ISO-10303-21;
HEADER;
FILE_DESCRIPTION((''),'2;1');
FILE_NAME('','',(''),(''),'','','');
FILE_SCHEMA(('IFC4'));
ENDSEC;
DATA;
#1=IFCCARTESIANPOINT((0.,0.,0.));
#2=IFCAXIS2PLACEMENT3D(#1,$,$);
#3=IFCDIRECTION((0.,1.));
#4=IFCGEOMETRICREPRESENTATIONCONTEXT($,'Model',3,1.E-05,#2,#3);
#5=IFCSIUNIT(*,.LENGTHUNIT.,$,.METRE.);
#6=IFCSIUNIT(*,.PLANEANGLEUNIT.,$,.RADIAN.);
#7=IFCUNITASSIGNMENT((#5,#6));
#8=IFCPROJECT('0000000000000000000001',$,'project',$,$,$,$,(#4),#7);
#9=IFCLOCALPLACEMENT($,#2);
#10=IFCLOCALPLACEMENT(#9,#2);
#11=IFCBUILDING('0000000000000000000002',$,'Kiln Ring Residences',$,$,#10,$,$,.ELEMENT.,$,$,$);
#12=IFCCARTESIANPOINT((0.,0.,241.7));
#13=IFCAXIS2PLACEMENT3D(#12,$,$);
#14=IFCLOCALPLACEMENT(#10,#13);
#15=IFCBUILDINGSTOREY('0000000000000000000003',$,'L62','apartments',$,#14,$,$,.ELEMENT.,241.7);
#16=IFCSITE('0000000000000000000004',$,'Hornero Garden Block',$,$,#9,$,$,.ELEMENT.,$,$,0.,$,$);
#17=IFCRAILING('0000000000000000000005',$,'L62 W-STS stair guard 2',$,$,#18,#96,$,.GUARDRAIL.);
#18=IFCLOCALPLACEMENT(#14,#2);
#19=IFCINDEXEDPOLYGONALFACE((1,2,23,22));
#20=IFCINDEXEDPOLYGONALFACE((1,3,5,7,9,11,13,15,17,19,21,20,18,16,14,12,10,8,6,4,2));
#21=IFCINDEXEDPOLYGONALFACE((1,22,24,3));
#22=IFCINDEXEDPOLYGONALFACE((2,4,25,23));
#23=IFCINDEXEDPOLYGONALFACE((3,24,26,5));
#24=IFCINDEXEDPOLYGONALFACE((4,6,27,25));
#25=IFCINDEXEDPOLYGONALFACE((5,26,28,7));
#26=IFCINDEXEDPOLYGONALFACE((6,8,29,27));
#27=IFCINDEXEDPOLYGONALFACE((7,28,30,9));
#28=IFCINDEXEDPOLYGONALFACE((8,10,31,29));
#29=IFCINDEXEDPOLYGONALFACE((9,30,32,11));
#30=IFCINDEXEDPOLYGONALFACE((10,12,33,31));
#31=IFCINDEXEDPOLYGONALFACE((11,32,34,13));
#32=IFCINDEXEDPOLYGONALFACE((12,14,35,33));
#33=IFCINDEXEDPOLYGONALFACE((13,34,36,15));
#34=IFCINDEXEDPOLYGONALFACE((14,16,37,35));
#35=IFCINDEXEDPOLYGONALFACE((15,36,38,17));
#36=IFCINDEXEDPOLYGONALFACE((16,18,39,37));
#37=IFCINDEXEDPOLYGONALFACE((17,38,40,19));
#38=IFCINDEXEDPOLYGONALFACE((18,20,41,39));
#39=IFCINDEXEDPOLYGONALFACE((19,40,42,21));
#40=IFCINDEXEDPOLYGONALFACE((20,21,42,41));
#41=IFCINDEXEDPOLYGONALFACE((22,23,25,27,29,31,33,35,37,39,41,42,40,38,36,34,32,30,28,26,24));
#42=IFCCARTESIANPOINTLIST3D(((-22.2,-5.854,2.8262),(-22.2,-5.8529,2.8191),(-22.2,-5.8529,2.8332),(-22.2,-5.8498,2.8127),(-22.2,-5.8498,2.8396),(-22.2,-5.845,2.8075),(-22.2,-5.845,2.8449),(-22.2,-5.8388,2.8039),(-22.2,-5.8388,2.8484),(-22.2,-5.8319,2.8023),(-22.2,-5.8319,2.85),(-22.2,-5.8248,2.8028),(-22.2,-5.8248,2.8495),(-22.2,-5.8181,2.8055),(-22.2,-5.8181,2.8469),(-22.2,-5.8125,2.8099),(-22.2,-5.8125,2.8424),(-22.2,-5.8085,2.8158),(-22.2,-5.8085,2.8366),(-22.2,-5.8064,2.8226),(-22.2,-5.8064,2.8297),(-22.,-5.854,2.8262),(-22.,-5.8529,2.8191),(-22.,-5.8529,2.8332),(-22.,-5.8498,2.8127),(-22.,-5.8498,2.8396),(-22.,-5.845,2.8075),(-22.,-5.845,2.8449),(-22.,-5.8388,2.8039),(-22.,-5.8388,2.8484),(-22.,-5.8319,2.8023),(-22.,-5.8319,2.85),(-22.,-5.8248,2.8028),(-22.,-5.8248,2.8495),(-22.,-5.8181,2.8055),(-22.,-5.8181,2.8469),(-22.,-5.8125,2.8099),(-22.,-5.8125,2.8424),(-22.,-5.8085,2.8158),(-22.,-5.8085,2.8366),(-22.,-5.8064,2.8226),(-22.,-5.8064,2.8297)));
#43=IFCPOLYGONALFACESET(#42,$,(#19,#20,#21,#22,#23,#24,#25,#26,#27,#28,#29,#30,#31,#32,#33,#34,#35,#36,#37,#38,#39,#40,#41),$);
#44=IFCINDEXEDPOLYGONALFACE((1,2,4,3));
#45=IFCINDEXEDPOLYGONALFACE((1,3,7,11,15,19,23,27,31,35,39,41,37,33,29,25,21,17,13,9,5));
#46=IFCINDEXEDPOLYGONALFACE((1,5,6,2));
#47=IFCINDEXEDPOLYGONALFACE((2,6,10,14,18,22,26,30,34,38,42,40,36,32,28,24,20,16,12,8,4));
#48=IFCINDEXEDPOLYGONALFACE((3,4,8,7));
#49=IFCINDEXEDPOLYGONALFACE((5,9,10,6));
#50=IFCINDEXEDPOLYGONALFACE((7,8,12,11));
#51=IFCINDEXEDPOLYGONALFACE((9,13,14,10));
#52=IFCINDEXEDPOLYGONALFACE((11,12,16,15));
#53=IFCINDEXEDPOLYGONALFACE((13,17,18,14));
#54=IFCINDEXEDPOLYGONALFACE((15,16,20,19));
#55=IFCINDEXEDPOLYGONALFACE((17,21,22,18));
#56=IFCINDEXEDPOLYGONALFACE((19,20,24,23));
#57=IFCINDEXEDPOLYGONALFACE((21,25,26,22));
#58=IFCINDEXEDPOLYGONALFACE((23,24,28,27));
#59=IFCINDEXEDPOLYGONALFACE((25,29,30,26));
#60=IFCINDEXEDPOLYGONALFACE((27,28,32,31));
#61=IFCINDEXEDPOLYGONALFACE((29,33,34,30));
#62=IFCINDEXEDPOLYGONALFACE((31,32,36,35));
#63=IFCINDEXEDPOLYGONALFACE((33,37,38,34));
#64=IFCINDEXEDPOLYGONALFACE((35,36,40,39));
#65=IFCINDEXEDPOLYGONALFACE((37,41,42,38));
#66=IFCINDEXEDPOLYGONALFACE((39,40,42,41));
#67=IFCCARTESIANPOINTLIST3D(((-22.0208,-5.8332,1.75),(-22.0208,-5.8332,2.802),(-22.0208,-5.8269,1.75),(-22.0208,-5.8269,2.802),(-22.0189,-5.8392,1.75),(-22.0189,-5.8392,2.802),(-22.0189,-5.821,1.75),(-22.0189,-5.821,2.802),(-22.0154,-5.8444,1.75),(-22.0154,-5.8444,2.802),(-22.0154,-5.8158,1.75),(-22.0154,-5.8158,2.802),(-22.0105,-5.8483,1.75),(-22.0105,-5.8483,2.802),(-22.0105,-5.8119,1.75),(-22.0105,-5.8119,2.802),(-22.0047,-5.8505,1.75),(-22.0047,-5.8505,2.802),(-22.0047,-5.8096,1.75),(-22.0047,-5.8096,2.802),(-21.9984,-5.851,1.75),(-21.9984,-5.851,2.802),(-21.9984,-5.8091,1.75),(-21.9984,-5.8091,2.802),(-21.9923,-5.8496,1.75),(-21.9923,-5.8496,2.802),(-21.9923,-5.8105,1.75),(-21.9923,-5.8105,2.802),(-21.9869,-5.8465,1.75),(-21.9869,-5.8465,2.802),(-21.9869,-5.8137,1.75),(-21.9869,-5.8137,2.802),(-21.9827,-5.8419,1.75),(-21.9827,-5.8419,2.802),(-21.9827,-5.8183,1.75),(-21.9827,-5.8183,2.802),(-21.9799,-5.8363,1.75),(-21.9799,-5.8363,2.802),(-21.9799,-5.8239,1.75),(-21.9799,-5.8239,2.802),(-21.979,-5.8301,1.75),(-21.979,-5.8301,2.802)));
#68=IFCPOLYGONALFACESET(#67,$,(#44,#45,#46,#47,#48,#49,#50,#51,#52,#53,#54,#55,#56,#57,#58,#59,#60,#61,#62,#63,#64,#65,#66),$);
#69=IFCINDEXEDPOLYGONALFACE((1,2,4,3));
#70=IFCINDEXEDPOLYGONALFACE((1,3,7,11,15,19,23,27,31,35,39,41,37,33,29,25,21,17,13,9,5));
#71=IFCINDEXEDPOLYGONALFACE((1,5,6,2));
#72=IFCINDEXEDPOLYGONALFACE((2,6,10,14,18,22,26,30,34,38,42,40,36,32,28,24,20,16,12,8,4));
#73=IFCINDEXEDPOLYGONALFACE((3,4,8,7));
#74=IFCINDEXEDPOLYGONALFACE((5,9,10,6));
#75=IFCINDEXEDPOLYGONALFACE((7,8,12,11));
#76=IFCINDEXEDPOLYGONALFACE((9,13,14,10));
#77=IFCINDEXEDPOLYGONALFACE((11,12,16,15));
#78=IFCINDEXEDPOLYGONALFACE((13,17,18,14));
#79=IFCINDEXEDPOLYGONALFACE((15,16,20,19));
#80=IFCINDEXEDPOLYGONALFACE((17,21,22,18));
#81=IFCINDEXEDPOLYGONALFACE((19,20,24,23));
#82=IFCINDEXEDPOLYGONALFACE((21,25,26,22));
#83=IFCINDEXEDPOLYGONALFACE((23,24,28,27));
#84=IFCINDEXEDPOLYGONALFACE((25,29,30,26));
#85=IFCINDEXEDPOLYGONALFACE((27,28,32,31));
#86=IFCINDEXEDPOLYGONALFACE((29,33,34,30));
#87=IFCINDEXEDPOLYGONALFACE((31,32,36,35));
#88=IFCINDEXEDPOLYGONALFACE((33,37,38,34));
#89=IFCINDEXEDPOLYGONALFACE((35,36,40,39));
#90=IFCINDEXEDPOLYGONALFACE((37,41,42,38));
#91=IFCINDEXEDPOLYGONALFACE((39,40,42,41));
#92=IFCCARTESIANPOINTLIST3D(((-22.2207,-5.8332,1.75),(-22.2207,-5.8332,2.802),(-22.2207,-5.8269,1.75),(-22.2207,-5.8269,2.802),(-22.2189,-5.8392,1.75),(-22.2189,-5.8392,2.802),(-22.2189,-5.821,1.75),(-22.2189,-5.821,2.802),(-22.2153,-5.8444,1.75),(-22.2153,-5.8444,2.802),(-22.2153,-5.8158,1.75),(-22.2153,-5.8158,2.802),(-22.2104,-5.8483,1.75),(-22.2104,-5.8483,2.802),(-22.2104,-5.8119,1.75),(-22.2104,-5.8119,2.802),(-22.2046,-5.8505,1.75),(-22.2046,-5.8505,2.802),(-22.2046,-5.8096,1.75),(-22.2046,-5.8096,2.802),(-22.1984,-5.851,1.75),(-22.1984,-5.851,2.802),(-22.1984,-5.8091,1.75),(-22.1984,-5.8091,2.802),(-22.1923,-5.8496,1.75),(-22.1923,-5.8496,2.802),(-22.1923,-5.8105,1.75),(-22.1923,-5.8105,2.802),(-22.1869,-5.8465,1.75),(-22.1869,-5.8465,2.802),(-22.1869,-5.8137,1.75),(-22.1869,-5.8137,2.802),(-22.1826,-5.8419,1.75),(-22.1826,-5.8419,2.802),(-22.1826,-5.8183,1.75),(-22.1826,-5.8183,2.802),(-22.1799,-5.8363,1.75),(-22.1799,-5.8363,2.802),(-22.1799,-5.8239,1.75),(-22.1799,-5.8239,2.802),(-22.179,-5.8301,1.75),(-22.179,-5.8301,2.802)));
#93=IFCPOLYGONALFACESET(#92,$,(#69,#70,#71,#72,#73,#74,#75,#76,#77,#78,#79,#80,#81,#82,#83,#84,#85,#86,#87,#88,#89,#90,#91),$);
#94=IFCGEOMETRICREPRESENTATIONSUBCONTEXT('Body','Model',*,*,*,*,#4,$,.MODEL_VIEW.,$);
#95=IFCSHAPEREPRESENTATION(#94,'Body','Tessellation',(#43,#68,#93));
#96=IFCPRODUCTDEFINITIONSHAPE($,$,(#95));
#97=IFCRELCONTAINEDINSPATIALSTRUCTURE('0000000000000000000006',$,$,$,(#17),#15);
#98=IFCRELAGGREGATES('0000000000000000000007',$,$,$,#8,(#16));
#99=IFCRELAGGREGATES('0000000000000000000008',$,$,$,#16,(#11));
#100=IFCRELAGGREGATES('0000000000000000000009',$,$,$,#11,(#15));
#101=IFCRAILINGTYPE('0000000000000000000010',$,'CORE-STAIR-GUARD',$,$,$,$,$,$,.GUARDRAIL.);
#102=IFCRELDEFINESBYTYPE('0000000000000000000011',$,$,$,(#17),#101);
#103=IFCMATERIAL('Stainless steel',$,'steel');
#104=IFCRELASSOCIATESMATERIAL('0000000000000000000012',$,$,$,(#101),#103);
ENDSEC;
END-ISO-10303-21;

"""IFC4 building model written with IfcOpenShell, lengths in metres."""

from ifc_helpers import new_model, si_unit, direction, frame, origin, origin_2d, place, context, subcontext, project, spatial, circle, extrude, material, type_object, element, save


model = new_model("IFC4")

# Units and contexts
model_context = context("Model", 3, precision=1e-05, world=origin(), true_north=direction((0.0, 1.0)))
body_context = subcontext(model_context, "Body", "Model", "MODEL_VIEW")
ifc_project = project(units=[si_unit("LENGTHUNIT", "METRE"), si_unit("PLANEANGLEUNIT", "RADIAN")], contexts=[model_context])

# Site, building, storey
site_placement = place(None, origin())
site = spatial("IfcSite", under=ifc_project, at=site_placement, Name="Hornero Garden Block", CompositionType="ELEMENT", RefElevation=0.0)
building_placement = place(site_placement, origin())
building = spatial("IfcBuilding", under=site, at=building_placement, Name="Kiln Ring Residences", CompositionType="ELEMENT")
storey_placement = place(building_placement, frame((0.0, 0.0, 241.7)))
storey = spatial("IfcBuildingStorey", under=building, at=storey_placement, Name="L62", Description="apartments", CompositionType="ELEMENT", Elevation=241.7)

# Railing
ifc_material_1 = material(Name="Stainless steel", Category="steel")
railing_type_1 = type_object("IfcRailingType", Name="CORE-STAIR-GUARD", PredefinedType="GUARDRAIL", material=ifc_material_1)
railing_1_placement = place(storey_placement, frame((-22.0, -5.8301, 1.75)))
element("IfcRailing", 1, at=railing_1_placement, inside=storey, type_object=railing_type_1, Name="L62 W-STS stair guard 2", PredefinedType="GUARDRAIL", context=body_context, shape_type="SweptSolid", body=[
    extrude(circle(Radius=0.0239, at=origin_2d()), frame((0.0, 0.0, 1.0762), z_axis=(-1.0, 0.0, 0.0), x_axis=(0.0, -1.0, 0.0)), (0.0, 0.0, 1.0), 0.2),
    extrude(circle(Radius=0.021, at=origin_2d()), origin(), (0.0, 0.0, 1.0), 1.052),
    extrude(circle(Radius=0.021, at=origin_2d()), frame((-0.2, 0.0, 0.0)), (0.0, 0.0, 1.0), 1.052),
])

save(model, "model.ifc")
